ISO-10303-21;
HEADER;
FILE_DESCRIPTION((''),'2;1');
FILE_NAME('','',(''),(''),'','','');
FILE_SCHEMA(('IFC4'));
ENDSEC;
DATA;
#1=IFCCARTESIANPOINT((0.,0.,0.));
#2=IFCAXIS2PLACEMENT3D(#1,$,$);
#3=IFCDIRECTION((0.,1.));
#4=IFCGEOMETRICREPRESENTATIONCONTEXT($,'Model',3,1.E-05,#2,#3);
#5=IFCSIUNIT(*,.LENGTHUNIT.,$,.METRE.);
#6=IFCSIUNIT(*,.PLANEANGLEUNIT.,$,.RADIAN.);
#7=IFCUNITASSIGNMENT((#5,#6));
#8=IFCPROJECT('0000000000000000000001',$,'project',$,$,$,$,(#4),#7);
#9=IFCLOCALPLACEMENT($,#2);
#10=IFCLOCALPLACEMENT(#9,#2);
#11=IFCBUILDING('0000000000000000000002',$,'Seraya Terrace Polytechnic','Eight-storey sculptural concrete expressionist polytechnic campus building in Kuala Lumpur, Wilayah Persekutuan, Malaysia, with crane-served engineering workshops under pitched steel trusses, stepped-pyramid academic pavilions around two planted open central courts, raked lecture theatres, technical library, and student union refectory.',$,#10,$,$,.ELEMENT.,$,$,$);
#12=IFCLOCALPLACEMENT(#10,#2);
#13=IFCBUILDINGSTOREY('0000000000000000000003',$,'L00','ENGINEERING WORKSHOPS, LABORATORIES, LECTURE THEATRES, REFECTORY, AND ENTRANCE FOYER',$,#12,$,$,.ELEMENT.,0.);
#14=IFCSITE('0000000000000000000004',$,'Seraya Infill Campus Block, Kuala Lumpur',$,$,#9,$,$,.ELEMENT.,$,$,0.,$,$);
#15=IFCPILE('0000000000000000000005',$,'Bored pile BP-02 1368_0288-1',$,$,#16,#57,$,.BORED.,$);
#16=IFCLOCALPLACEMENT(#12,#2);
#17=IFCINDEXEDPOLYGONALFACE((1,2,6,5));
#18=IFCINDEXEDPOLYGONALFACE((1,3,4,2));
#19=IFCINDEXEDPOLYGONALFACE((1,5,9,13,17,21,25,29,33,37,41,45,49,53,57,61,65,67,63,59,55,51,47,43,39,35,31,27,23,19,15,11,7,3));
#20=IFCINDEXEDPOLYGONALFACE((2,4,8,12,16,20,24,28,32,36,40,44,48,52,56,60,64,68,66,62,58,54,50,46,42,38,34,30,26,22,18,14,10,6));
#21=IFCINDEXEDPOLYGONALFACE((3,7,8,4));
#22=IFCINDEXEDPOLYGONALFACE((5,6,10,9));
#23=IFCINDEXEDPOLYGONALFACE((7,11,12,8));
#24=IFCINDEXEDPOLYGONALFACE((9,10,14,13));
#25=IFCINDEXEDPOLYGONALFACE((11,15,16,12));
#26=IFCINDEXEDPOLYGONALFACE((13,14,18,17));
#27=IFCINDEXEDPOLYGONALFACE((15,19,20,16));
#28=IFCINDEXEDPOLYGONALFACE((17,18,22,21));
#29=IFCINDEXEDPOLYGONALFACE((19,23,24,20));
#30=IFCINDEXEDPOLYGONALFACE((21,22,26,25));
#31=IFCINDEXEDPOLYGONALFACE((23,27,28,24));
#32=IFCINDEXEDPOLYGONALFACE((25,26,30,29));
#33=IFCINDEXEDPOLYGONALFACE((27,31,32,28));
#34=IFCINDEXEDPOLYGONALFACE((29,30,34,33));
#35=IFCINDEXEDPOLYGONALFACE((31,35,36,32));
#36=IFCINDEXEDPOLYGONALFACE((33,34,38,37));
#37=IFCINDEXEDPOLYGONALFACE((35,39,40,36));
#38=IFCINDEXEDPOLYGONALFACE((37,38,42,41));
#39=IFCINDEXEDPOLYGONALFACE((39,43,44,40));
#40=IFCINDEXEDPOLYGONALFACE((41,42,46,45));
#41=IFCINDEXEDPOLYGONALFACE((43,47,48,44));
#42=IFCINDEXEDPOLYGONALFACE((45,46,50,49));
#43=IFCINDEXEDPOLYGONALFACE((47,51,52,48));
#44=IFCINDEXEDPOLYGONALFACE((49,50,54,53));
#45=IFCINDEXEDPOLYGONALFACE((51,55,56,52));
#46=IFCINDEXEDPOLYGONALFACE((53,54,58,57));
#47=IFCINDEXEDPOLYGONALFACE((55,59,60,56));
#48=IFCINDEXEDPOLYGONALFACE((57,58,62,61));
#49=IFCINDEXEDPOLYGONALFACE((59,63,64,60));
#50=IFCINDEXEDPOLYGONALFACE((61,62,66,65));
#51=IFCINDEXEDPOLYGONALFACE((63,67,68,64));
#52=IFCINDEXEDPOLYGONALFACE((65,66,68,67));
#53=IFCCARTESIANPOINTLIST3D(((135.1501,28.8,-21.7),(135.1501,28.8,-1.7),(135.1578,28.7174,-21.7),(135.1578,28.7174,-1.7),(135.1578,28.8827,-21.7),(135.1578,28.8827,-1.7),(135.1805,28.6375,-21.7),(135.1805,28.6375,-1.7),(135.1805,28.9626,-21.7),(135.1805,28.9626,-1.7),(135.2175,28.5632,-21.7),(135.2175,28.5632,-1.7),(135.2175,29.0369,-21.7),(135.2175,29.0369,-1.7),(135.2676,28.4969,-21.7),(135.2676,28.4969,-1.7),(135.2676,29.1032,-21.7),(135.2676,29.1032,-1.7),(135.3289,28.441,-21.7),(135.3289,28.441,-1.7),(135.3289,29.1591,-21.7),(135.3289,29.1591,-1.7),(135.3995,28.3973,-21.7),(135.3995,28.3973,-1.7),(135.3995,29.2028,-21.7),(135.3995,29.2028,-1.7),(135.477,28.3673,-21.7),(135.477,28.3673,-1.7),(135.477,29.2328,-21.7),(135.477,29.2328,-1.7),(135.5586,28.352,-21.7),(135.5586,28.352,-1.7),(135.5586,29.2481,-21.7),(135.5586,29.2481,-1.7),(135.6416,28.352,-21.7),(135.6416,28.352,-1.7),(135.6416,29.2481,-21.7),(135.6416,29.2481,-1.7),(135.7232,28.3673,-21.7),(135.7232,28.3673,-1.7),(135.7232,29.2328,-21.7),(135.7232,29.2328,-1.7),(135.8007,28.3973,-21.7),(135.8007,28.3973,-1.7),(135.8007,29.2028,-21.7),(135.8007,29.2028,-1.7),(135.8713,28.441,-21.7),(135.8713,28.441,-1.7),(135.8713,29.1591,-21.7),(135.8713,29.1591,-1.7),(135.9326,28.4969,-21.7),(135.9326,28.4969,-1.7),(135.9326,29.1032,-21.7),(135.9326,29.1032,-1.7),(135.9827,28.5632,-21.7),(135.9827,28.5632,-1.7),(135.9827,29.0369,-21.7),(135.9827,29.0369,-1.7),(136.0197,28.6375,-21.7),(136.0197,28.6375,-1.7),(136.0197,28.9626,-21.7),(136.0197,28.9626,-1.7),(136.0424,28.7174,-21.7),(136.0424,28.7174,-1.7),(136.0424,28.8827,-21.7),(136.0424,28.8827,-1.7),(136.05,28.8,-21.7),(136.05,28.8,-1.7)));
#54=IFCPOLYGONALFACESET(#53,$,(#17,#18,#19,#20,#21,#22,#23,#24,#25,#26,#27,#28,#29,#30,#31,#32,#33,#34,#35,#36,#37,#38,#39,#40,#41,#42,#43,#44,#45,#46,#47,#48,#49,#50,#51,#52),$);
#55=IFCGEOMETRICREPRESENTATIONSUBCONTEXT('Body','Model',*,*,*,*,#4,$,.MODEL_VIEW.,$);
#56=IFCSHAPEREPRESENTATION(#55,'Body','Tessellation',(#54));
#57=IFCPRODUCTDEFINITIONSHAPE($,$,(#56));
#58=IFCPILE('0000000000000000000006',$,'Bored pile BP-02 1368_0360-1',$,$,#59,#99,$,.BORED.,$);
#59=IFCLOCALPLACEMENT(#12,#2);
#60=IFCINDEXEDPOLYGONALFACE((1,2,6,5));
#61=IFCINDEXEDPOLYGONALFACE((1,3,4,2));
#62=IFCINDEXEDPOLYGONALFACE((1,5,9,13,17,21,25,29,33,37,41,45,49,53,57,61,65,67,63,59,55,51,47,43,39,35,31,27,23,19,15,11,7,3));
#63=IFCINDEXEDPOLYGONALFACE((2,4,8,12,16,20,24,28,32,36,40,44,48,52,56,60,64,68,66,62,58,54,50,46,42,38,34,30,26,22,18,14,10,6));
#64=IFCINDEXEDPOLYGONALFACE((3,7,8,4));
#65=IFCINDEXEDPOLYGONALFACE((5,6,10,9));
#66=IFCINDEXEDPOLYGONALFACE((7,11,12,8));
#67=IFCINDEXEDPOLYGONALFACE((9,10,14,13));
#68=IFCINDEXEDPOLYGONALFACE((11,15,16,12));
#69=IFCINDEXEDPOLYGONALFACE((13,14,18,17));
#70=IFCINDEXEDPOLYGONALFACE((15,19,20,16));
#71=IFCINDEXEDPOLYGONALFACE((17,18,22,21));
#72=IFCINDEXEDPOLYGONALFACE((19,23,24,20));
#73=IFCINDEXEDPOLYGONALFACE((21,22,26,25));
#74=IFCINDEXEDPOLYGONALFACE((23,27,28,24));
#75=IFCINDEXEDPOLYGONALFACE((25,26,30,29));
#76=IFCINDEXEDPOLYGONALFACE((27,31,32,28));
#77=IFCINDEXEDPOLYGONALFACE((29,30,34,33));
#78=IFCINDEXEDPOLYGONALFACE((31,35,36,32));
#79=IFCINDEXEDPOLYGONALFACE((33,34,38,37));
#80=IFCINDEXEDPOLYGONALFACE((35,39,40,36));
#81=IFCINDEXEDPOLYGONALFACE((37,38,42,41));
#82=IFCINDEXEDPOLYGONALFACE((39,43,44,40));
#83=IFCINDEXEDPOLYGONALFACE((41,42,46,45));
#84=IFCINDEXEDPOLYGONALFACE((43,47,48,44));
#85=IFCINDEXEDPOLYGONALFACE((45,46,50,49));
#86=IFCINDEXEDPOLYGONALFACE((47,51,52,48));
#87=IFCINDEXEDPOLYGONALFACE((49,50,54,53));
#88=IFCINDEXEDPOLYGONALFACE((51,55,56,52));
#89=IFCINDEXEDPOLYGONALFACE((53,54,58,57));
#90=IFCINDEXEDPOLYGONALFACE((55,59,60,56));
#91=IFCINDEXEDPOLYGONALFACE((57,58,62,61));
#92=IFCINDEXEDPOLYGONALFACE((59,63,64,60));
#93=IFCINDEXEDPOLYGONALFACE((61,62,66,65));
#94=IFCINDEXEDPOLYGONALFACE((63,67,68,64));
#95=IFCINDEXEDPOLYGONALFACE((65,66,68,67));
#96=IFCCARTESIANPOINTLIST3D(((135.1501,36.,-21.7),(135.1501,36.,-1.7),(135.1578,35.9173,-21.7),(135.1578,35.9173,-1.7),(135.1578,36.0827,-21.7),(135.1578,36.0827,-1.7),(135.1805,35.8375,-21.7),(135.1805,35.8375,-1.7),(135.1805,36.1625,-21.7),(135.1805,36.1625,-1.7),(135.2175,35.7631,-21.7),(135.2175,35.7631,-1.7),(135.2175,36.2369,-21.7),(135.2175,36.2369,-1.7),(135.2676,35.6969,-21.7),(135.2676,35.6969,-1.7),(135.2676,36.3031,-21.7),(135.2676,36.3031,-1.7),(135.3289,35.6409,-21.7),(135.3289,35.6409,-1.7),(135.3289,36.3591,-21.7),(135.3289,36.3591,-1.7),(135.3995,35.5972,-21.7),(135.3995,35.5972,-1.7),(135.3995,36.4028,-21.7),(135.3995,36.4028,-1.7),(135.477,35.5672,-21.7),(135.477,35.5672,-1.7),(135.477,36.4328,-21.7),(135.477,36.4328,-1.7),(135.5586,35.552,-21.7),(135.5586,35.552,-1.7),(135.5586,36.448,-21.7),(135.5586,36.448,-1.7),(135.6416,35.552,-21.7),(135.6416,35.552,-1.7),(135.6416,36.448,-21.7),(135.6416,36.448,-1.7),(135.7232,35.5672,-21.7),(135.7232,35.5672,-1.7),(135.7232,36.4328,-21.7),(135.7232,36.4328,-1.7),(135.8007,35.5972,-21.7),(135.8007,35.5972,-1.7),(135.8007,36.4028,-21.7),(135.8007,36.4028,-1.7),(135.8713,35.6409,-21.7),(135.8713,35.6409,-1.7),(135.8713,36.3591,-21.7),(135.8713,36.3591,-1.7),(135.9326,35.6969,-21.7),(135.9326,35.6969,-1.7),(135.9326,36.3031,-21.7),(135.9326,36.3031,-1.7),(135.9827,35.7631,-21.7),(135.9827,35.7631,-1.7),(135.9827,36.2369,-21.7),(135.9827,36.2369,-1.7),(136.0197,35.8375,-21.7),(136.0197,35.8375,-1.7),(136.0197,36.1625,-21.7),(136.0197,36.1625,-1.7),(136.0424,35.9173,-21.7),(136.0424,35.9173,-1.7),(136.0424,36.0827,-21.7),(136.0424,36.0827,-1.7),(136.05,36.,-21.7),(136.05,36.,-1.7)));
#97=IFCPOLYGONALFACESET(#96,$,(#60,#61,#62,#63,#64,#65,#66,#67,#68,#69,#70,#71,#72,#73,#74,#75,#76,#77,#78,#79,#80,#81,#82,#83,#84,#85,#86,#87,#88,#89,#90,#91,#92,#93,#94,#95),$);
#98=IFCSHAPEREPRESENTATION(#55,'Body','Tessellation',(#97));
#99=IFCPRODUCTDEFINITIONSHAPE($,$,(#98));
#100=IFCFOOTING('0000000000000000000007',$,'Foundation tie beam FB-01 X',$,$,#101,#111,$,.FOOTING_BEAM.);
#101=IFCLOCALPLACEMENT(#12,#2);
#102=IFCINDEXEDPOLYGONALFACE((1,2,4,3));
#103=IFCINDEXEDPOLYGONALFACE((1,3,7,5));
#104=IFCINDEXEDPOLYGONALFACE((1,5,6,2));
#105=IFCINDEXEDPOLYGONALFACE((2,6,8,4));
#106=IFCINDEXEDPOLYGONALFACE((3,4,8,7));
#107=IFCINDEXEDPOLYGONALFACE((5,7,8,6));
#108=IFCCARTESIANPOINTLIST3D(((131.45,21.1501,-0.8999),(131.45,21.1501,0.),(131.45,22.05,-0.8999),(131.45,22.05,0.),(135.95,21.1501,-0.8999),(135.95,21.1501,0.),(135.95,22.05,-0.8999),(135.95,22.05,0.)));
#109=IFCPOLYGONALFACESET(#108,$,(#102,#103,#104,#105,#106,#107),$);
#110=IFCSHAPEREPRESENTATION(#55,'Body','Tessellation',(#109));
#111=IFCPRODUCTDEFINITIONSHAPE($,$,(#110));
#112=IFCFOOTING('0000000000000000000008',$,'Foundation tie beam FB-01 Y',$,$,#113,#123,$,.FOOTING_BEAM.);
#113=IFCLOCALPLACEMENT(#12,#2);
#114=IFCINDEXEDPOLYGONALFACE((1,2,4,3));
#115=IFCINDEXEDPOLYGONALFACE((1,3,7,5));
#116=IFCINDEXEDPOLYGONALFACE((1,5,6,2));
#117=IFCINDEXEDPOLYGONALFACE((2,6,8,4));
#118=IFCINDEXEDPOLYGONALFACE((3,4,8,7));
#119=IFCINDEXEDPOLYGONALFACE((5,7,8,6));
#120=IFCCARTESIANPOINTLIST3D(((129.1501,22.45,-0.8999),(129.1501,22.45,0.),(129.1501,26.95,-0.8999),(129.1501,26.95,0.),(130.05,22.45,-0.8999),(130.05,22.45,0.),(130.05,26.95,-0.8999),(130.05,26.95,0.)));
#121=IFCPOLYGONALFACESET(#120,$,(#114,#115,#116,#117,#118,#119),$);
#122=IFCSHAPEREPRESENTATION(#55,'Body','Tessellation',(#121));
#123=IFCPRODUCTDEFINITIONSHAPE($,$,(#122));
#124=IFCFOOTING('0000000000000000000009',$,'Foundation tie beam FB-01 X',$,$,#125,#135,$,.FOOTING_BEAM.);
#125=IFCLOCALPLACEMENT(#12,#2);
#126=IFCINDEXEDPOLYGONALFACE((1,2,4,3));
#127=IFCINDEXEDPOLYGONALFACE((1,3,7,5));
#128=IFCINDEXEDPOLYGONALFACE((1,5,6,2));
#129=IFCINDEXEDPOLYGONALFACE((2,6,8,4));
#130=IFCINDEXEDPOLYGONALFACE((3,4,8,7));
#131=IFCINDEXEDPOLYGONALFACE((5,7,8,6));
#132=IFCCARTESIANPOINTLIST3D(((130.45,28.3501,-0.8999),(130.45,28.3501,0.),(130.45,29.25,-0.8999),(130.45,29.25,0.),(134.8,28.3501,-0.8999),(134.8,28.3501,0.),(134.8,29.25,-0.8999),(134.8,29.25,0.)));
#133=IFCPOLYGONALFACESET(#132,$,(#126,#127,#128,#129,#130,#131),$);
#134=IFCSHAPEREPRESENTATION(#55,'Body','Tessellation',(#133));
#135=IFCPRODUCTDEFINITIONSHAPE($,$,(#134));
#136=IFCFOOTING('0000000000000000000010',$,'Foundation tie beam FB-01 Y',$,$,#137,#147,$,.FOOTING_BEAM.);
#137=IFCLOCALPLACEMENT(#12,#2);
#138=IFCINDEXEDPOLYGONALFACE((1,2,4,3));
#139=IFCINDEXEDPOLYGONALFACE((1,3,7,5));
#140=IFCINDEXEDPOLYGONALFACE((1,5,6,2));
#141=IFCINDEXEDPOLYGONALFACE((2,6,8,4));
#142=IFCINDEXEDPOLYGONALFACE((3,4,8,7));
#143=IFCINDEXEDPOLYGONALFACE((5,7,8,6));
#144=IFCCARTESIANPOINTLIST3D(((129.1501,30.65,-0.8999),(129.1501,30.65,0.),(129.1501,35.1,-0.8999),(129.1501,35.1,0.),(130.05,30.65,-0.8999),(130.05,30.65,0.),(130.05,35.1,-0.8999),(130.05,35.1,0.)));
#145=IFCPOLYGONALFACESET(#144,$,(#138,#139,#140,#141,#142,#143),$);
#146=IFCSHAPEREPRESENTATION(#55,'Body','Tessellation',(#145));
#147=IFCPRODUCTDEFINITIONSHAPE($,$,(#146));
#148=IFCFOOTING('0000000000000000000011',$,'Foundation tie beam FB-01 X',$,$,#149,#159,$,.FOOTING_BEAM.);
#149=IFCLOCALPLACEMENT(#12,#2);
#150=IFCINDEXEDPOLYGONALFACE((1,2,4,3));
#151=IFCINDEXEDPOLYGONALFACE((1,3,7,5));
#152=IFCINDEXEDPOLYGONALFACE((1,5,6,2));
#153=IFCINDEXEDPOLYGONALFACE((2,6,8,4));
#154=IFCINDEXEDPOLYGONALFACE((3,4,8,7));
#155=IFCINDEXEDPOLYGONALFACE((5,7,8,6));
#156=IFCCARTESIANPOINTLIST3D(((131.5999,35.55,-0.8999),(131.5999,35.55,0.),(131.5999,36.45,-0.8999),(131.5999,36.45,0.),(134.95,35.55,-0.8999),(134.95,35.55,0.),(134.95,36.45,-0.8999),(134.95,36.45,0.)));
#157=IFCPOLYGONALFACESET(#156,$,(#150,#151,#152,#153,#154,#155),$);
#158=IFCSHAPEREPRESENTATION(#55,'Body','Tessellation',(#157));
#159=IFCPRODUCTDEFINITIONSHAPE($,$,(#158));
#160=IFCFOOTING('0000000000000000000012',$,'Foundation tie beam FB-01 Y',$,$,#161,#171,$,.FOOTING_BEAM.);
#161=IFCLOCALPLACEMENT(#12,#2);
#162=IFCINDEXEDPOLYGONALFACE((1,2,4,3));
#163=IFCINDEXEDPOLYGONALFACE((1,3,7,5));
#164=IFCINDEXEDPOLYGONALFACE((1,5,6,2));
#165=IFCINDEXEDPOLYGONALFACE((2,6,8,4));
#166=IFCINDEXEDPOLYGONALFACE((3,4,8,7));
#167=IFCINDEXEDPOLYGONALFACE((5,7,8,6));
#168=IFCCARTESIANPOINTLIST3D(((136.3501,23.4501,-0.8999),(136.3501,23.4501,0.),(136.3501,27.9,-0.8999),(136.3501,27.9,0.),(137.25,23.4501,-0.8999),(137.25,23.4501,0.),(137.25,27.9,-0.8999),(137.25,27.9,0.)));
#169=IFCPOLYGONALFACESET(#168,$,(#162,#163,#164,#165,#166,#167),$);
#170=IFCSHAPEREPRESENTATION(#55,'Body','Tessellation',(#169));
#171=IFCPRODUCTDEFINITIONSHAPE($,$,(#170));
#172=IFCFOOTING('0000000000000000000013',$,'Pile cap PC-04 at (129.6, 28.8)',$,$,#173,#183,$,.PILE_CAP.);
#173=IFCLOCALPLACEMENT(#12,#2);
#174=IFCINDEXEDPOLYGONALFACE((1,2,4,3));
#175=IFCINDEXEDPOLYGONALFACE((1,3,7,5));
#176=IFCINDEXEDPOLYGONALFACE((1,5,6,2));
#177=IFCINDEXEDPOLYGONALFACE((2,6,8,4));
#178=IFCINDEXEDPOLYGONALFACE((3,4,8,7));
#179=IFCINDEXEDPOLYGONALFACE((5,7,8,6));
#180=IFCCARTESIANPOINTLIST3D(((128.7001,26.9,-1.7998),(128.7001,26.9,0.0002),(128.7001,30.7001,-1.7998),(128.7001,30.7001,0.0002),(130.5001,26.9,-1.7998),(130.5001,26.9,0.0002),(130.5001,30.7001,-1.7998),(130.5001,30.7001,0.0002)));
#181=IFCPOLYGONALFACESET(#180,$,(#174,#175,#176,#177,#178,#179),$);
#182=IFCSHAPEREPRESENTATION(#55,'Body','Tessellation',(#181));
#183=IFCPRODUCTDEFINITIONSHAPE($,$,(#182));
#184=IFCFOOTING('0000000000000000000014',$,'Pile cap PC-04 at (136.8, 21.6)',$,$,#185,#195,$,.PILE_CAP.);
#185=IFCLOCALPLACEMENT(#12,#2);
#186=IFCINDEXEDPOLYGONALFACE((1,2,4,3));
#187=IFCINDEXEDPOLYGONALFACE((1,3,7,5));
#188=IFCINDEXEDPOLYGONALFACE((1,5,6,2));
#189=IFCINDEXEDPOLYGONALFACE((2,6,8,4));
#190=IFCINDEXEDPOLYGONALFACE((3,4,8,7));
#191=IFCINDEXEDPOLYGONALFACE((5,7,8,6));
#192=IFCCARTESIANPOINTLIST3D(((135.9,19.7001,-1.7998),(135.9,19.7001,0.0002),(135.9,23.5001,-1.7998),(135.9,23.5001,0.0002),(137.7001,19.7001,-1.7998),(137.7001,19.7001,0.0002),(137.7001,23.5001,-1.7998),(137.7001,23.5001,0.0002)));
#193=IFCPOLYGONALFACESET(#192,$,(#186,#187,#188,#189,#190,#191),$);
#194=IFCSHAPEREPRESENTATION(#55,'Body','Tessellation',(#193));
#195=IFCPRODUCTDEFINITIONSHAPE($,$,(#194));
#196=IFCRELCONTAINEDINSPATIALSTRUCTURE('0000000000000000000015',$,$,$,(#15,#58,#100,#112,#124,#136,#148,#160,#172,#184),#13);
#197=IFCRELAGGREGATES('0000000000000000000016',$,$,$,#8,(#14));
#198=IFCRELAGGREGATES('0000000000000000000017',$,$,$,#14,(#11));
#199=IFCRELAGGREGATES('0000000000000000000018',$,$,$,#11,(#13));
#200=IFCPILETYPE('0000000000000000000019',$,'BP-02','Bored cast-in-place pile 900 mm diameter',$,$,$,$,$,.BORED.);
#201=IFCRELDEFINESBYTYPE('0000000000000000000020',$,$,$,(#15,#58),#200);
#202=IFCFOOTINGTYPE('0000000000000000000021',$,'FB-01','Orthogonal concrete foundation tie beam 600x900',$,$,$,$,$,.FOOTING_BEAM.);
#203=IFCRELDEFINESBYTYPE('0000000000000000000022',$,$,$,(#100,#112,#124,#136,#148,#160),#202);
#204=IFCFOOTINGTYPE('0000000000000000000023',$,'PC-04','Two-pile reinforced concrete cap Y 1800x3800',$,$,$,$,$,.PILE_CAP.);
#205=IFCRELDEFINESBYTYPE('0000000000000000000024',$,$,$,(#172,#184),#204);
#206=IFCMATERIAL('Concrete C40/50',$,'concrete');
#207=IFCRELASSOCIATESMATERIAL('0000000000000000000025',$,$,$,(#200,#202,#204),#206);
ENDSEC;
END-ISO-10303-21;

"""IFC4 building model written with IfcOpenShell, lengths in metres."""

from ifc_helpers import new_model, si_unit, direction, frame, origin, origin_2d, place, context, subcontext, project, spatial, rectangle, circle, extrude, material, material_profile, profile_set, type_object, element, save


model = new_model("IFC4")

# Units and contexts
model_context = context("Model", 3, precision=1e-05, world=origin(), true_north=direction((0.0, 1.0)))
body_context = subcontext(model_context, "Body", "Model", "MODEL_VIEW")
ifc_project = project(units=[si_unit("LENGTHUNIT", "METRE"), si_unit("PLANEANGLEUNIT", "RADIAN")], contexts=[model_context])

# Site, building, storey
site_placement = place(None, origin())
site = spatial("IfcSite", under=ifc_project, at=site_placement, Name="Seraya Infill Campus Block, Kuala Lumpur", CompositionType="ELEMENT", RefElevation=0.0)
building_placement = place(site_placement, origin())
building = spatial("IfcBuilding", under=site, at=building_placement, Name="Seraya Terrace Polytechnic", Description="Eight-storey sculptural concrete expressionist polytechnic campus building in Kuala Lumpur, Wilayah Persekutuan, Malaysia, with crane-served engineering workshops under pitched steel trusses, stepped-pyramid academic pavilions around two planted open central courts, raked lecture theatres, technical library, and student union refectory.", CompositionType="ELEMENT")
storey_placement = place(building_placement, origin())
storey = spatial("IfcBuildingStorey", under=building, at=storey_placement, Name="L00", Description="ENGINEERING WORKSHOPS, LABORATORIES, LECTURE THEATRES, REFECTORY, AND ENTRANCE FOYER", CompositionType="ELEMENT", Elevation=0.0)

# Piles
ifc_material_1 = material(Name="Concrete C40/50", Category="concrete")
ifc_material_profile_1 = material_profile(ifc_material_1, circle(Radius=0.45, at=origin_2d()), Name="DIA 900")
ifc_profile_set_1 = profile_set([ifc_material_profile_1], Name="Concrete C40/50")
pile_type = type_object("IfcPileType", Name="BP-02", Description="Bored cast-in-place pile 900 mm diameter", PredefinedType="BORED", material=ifc_profile_set_1)
for number, where, z_axis, x_axis, name in (
    (1, (135.6001, 28.8, -1.7), (0.0, 0.0, -1.0), (1.0, 0.0, 0.0), "Bored pile BP-02 1368_0288-1"),
    (2, (135.6001, 36.0, -1.7), (0.0, 0.0, -1.0), (1.0, 0.0, 0.0), "Bored pile BP-02 1368_0360-1"),
):
    element("IfcPile", number, at=place(storey_placement, frame(where, z_axis=z_axis, x_axis=x_axis)), inside=storey, type_object=pile_type, Name=name, PredefinedType="BORED", context=body_context, shape_type="SweptSolid", body=[
        extrude(circle(Radius=0.45, at=origin_2d()), origin(), (0.0, 0.0, 1.0), 20.0),
    ])

# Footings
footing_type_1 = type_object("IfcFootingType", Name="FB-01", Description="Orthogonal concrete foundation tie beam 600x900", PredefinedType="FOOTING_BEAM", material=ifc_material_1)
for number, where, z_axis, x_axis, name in (
    (3, (133.7, 21.6001, -0.8999), (0.0, 0.0, 1.0), (1.0, 0.0, 0.0), "Foundation tie beam FB-01 X"),
    (4, (129.6001, 24.7, -0.8999), (0.0, 0.0, 1.0), (0.0, 1.0, 0.0), "Foundation tie beam FB-01 Y"),
):
    element("IfcFooting", number, at=place(storey_placement, frame(where, z_axis=z_axis, x_axis=x_axis)), inside=storey, type_object=footing_type_1, Name=name, PredefinedType="FOOTING_BEAM", context=body_context, shape_type="SweptSolid", body=[
        extrude(rectangle(XDim=4.5, YDim=0.8999, at=origin_2d()), origin(), (0.0, 0.0, 1.0), 0.8999),
    ])
footing_1_placement = place(storey_placement, frame((132.625, 28.8, -0.8999), z_axis=(0.0, 0.0, 1.0), x_axis=(1.0, 0.0, 0.0)))
element("IfcFooting", 5, at=footing_1_placement, inside=storey, type_object=footing_type_1, Name="Foundation tie beam FB-01 X", PredefinedType="FOOTING_BEAM", context=body_context, shape_type="SweptSolid", body=[
    extrude(rectangle(XDim=4.3501, YDim=0.8999, at=origin_2d()), origin(), (0.0, 0.0, 1.0), 0.8999),
])
footing_2_placement = place(storey_placement, frame((129.6001, 32.875, -0.8999), z_axis=(0.0, 0.0, 1.0), x_axis=(0.0, 1.0, 0.0)))
element("IfcFooting", 6, at=footing_2_placement, inside=storey, type_object=footing_type_1, Name="Foundation tie beam FB-01 Y", PredefinedType="FOOTING_BEAM", context=body_context, shape_type="SweptSolid", body=[
    extrude(rectangle(XDim=4.45, YDim=0.8999, at=origin_2d()), origin(), (0.0, 0.0, 1.0), 0.8999),
])
footing_3_placement = place(storey_placement, frame((133.2749, 36.0, -0.8999), z_axis=(0.0, 0.0, 1.0), x_axis=(1.0, 0.0, 0.0)))
element("IfcFooting", 7, at=footing_3_placement, inside=storey, type_object=footing_type_1, Name="Foundation tie beam FB-01 X", PredefinedType="FOOTING_BEAM", context=body_context, shape_type="SweptSolid", body=[
    extrude(rectangle(XDim=3.3501, YDim=0.8999, at=origin_2d()), origin(), (0.0, 0.0, 1.0), 0.8999),
])
footing_4_placement = place(storey_placement, frame((136.8, 25.675, -0.8999), z_axis=(0.0, 0.0, 1.0), x_axis=(0.0, 1.0, 0.0)))
element("IfcFooting", 8, at=footing_4_placement, inside=storey, type_object=footing_type_1, Name="Foundation tie beam FB-01 Y", PredefinedType="FOOTING_BEAM", context=body_context, shape_type="SweptSolid", body=[
    extrude(rectangle(XDim=4.45, YDim=0.8999, at=origin_2d()), origin(), (0.0, 0.0, 1.0), 0.8999),
])
footing_type_2 = type_object("IfcFootingType", Name="PC-04", Description="Two-pile reinforced concrete cap Y 1800x3800", PredefinedType="PILE_CAP", material=ifc_material_1)
for number, where, z_axis, x_axis, name in (
    (9, (129.6001, 28.8, -1.7998), (0.0, 0.0, 1.0), (1.0, 0.0, 0.0), "Pile cap PC-04 at (129.6, 28.8)"),
    (10, (136.8, 21.6001, -1.7998), (0.0, 0.0, 1.0), (1.0, 0.0, 0.0), "Pile cap PC-04 at (136.8, 21.6)"),
):
    element("IfcFooting", number, at=place(storey_placement, frame(where, z_axis=z_axis, x_axis=x_axis)), inside=storey, type_object=footing_type_2, Name=name, PredefinedType="PILE_CAP", context=body_context, shape_type="SweptSolid", body=[
        extrude(rectangle(XDim=1.8, YDim=3.8, at=origin_2d()), origin(), (0.0, 0.0, 1.0), 1.8),
    ])

save(model, "model.ifc")
